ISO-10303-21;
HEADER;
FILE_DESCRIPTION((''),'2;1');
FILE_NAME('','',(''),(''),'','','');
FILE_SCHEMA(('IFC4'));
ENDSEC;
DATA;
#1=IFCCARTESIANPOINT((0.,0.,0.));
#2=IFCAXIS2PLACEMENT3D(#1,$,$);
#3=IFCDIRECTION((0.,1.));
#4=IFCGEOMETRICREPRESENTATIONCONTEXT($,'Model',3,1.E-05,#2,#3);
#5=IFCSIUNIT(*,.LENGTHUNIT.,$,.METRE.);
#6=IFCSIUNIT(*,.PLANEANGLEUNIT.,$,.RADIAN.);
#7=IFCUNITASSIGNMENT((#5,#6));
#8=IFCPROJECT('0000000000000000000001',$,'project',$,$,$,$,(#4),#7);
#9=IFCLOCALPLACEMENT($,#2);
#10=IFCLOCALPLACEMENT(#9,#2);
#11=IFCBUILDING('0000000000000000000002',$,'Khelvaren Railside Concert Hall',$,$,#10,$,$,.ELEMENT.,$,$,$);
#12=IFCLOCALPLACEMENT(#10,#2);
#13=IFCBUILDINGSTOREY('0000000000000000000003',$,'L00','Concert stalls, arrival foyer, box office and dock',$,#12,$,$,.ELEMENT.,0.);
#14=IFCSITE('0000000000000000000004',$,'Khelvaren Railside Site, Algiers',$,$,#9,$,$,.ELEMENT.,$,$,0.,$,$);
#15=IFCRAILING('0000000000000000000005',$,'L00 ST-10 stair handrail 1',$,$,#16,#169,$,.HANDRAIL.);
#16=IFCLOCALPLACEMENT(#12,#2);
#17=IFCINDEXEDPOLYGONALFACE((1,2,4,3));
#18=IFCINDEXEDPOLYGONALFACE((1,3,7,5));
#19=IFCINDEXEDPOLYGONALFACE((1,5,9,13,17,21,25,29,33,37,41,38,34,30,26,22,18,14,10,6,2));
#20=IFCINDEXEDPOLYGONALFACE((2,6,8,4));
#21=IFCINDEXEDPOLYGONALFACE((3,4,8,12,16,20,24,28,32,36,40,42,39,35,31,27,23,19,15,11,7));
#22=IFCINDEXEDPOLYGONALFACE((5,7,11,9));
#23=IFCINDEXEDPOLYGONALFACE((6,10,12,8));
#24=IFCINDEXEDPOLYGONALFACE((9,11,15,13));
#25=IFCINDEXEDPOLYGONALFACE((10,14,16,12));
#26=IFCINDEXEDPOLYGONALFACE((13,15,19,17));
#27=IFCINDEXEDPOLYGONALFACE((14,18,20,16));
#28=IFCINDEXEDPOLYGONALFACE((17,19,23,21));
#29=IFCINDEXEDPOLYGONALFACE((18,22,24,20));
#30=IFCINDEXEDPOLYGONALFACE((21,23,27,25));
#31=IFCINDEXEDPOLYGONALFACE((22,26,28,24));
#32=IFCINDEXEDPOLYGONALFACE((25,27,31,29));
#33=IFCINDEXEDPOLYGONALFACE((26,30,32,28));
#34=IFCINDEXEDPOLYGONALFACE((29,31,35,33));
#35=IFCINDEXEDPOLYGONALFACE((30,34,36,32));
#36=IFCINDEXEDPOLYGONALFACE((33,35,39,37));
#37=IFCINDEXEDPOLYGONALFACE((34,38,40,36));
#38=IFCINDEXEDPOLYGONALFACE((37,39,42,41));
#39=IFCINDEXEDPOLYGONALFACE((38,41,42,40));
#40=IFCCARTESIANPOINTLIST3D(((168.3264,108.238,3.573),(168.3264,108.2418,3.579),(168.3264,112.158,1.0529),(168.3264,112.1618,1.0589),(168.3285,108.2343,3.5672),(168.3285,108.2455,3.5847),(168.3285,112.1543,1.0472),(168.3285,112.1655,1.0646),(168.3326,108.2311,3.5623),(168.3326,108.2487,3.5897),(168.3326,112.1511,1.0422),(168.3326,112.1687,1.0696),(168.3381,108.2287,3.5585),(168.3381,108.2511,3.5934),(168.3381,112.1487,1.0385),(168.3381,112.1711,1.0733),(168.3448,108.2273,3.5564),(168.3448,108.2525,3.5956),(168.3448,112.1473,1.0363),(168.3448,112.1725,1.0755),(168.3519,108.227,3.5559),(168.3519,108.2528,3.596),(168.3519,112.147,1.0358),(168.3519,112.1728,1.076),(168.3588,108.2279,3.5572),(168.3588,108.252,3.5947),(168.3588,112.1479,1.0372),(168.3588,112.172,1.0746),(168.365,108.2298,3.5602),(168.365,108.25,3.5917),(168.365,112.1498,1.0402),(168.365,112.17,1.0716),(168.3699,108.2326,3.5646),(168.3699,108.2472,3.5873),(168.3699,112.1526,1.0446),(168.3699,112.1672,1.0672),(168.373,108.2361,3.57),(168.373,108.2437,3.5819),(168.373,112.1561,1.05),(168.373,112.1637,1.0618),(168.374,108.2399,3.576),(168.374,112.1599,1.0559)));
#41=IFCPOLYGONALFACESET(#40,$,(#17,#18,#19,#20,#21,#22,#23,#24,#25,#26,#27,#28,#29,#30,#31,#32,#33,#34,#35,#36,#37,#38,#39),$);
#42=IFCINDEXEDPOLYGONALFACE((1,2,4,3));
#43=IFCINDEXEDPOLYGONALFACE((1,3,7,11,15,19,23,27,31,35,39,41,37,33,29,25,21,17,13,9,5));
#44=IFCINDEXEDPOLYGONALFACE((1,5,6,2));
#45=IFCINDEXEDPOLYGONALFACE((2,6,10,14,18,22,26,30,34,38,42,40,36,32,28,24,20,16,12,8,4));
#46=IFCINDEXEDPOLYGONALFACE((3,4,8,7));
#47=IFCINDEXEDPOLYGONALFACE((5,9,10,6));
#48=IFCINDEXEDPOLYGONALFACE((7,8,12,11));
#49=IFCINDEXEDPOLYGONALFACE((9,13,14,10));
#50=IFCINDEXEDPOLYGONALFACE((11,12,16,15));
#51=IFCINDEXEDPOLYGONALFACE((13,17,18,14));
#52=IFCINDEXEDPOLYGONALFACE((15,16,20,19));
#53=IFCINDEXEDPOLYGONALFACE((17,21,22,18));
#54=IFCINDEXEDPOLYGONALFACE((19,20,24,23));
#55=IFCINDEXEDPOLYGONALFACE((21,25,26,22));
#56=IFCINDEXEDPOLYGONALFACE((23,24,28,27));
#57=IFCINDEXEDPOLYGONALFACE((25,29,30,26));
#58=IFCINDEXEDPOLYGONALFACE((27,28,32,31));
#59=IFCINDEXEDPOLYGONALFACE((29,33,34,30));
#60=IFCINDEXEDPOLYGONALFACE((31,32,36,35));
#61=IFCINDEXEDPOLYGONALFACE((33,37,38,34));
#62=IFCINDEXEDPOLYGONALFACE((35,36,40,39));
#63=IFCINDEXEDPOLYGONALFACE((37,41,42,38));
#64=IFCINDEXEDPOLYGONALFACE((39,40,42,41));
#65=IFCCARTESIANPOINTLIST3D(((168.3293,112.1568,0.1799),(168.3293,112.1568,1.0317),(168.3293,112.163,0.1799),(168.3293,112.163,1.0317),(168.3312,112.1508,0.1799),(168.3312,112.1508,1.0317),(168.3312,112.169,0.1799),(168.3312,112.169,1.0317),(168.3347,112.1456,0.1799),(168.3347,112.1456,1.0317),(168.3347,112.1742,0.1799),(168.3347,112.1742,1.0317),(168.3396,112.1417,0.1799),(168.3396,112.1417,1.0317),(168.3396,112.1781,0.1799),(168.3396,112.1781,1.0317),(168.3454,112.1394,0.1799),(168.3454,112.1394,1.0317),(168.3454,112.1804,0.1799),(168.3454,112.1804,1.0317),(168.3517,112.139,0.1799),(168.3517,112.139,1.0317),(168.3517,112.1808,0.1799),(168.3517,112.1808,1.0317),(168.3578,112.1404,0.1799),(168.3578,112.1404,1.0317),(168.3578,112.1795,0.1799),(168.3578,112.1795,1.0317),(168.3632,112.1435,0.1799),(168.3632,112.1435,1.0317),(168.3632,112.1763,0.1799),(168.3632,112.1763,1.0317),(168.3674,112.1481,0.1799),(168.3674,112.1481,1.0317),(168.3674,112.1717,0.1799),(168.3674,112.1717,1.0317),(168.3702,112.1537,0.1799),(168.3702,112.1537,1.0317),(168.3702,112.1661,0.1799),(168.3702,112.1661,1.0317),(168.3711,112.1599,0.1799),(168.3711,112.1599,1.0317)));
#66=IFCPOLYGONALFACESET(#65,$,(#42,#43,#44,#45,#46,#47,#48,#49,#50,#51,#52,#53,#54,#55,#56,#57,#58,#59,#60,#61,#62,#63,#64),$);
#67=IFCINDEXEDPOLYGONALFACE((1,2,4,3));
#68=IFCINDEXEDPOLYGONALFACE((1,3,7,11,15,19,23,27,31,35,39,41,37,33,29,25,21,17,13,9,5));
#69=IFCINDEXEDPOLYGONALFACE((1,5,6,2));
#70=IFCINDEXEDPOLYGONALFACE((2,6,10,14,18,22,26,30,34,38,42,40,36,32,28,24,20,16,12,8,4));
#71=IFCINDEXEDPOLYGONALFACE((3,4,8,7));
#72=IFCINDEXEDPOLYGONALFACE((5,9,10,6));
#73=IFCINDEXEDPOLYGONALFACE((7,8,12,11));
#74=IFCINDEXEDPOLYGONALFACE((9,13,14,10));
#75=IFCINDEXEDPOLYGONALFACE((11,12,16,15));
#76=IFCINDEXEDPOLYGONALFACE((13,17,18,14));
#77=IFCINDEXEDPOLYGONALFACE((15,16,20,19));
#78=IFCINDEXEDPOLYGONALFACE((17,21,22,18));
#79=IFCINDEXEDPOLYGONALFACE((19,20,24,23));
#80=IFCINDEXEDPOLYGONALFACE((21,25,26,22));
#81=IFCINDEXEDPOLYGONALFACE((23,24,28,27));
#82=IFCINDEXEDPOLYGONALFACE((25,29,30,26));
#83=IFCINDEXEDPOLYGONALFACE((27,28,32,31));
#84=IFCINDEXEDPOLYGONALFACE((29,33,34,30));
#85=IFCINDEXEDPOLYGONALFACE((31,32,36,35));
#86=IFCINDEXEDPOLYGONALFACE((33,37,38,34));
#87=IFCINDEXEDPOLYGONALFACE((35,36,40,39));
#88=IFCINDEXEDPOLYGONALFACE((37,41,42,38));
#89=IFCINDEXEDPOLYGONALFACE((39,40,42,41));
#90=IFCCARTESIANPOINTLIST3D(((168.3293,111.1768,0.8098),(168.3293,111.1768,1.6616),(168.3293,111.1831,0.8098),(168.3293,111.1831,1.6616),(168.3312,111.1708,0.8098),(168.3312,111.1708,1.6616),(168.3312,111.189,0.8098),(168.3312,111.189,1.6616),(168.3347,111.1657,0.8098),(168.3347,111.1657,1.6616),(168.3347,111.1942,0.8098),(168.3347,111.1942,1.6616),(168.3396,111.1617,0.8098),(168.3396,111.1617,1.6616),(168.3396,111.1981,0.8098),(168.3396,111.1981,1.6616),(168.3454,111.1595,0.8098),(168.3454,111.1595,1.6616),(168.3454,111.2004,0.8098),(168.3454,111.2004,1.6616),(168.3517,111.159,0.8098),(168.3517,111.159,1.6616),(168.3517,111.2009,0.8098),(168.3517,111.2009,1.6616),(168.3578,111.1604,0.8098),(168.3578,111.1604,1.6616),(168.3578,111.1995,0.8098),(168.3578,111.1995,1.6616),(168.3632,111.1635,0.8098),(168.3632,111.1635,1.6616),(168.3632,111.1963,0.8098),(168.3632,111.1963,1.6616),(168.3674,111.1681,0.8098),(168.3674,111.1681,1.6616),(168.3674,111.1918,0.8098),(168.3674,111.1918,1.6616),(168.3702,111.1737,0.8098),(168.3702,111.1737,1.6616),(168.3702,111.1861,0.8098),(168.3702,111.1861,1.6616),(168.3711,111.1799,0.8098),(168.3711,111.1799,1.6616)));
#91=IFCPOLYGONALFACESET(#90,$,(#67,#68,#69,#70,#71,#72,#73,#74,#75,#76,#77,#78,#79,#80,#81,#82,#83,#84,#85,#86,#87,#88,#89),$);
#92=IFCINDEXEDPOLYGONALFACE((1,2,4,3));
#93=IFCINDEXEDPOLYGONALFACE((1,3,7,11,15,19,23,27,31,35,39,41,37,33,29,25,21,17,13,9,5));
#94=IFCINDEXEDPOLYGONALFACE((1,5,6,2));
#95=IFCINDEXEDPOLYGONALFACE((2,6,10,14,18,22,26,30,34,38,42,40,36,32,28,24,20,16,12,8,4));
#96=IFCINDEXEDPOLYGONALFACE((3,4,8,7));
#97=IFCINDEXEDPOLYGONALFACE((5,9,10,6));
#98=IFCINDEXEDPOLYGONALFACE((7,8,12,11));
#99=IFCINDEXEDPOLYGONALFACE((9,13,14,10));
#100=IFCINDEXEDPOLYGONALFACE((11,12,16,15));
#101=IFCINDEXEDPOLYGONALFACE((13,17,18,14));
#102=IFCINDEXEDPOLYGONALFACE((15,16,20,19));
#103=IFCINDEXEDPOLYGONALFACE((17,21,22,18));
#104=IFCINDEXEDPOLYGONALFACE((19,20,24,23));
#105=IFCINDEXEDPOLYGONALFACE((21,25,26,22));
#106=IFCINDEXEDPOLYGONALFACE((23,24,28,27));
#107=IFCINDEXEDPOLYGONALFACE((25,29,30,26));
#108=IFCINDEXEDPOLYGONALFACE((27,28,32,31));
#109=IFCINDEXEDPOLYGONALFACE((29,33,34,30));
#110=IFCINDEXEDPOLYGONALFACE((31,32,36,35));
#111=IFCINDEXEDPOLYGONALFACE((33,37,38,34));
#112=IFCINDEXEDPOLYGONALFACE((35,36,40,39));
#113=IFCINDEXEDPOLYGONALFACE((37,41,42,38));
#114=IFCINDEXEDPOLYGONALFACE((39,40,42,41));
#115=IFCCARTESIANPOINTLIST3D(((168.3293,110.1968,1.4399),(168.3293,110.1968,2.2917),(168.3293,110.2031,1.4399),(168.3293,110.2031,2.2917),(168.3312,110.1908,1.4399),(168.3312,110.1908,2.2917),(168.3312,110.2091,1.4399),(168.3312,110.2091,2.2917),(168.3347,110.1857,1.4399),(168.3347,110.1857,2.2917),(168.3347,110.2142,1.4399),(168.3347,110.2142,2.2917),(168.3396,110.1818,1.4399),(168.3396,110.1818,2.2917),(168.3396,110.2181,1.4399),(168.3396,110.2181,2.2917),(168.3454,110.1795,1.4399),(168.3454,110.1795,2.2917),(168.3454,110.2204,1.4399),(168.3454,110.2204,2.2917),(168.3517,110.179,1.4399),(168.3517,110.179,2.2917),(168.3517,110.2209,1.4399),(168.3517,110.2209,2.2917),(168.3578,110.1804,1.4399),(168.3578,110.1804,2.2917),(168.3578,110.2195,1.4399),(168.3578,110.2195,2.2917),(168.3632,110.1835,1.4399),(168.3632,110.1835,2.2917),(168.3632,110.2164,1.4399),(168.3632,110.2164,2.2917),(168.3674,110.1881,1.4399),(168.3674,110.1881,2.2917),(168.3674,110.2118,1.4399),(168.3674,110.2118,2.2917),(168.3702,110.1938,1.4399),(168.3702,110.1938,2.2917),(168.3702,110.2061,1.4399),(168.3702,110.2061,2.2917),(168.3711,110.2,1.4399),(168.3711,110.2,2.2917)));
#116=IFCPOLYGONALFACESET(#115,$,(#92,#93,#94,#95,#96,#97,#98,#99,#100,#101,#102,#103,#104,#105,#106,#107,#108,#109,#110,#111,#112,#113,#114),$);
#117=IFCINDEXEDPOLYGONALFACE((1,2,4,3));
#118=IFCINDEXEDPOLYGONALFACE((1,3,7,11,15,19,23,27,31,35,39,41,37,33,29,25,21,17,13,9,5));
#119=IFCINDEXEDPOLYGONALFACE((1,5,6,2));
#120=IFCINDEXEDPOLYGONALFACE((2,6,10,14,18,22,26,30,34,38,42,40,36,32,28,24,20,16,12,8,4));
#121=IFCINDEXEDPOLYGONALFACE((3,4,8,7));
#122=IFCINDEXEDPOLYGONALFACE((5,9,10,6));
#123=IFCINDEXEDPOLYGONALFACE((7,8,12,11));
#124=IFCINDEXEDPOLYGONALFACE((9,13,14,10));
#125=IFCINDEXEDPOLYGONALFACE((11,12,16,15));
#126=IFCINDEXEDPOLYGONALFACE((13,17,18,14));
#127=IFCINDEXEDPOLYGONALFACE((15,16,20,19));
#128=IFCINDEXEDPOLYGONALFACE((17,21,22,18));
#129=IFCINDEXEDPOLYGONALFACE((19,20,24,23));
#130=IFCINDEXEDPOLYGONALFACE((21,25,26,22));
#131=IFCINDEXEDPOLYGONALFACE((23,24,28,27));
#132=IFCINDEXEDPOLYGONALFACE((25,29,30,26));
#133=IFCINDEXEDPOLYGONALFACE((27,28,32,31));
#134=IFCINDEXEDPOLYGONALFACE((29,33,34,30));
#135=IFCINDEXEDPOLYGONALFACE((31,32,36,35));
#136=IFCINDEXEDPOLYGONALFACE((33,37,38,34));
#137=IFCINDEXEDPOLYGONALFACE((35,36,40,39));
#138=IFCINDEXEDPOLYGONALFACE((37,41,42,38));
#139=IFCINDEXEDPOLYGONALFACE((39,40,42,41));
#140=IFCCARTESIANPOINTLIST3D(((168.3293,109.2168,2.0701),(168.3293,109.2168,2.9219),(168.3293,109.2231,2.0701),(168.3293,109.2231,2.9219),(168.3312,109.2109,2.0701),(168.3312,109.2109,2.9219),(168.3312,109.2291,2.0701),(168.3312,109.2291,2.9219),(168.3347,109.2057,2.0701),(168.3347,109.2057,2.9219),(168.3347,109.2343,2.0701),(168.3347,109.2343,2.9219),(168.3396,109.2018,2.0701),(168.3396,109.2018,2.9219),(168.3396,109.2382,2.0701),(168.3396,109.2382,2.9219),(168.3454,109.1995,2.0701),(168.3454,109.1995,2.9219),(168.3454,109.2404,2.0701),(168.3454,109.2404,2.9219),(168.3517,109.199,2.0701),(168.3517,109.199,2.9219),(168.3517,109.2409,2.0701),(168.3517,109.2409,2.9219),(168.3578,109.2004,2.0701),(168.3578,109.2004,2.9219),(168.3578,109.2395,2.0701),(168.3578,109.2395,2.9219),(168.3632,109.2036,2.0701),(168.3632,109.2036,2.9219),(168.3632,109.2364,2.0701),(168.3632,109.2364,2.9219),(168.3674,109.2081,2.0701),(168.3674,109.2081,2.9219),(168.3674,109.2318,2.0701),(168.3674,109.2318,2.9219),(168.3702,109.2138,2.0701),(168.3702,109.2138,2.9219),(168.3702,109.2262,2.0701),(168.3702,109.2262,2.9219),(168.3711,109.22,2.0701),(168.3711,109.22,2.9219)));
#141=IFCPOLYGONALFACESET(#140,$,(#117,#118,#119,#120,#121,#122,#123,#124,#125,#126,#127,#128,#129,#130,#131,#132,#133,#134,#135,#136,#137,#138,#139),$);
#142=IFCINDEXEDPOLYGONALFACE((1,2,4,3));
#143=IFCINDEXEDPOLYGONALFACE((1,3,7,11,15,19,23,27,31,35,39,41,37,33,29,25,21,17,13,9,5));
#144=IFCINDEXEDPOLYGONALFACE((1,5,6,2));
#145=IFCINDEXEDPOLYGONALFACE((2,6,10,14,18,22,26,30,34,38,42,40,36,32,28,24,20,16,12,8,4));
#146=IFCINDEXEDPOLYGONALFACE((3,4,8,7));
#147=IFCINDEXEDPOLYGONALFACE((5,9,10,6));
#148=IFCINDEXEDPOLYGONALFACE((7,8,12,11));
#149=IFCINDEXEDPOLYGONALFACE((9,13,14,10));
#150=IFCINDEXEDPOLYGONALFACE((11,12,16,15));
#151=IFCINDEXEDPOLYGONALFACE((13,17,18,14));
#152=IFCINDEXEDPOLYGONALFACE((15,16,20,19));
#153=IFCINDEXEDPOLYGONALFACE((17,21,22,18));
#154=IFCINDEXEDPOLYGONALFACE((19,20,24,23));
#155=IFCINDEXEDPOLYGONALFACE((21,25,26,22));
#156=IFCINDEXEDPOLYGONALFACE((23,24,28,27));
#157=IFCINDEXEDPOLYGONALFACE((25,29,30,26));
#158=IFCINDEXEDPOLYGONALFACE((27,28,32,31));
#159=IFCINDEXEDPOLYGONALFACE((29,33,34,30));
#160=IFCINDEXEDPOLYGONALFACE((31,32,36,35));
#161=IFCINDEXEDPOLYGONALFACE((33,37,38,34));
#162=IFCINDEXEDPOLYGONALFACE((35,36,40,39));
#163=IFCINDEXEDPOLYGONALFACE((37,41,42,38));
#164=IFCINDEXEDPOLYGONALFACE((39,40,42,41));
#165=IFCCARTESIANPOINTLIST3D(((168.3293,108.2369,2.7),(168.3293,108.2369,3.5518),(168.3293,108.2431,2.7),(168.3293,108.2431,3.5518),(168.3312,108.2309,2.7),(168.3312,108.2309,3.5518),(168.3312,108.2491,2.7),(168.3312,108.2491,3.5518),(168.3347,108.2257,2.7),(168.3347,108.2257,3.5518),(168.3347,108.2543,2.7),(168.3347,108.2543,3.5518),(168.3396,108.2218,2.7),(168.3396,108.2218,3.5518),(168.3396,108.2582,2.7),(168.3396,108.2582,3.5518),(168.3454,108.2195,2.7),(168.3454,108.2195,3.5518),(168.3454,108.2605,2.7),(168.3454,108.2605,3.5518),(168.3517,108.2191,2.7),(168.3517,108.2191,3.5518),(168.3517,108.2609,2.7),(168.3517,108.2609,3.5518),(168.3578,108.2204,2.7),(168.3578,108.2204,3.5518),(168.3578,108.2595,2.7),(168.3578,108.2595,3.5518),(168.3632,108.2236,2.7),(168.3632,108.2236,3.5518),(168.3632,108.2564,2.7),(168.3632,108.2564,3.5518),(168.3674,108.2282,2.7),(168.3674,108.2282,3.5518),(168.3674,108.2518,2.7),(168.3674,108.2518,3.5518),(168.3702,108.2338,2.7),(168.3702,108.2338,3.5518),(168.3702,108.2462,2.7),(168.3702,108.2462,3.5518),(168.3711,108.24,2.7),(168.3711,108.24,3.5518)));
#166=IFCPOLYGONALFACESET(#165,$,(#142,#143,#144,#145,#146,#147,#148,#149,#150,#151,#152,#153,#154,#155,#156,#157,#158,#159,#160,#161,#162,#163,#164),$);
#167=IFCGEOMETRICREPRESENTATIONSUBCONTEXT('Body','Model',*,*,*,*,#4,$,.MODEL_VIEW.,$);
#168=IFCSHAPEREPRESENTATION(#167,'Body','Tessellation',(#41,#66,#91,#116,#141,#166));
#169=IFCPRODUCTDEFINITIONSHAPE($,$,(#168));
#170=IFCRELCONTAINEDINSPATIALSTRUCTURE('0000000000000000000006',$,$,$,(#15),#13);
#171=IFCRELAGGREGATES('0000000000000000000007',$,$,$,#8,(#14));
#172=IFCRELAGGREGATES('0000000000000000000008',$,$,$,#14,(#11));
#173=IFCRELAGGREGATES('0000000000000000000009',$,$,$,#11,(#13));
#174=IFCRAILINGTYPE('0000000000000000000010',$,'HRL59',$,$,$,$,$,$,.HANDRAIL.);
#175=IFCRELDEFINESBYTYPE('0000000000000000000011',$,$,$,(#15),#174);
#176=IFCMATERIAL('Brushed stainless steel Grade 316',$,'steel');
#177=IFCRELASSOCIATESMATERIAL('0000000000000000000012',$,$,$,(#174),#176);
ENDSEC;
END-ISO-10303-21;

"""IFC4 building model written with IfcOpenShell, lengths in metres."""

from ifc_helpers import new_model, si_unit, direction, frame, origin, origin_2d, place, context, subcontext, project, spatial, circle, extrude, material, type_object, element, save


model = new_model("IFC4")

# Units and contexts
model_context = context("Model", 3, precision=1e-05, world=origin(), true_north=direction((0.0, 1.0)))
body_context = subcontext(model_context, "Body", "Model", "MODEL_VIEW")
ifc_project = project(units=[si_unit("LENGTHUNIT", "METRE"), si_unit("PLANEANGLEUNIT", "RADIAN")], contexts=[model_context])

# Site, building, storey
site_placement = place(None, origin())
site = spatial("IfcSite", under=ifc_project, at=site_placement, Name="Khelvaren Railside Site, Algiers", CompositionType="ELEMENT", RefElevation=0.0)
building_placement = place(site_placement, origin())
building = spatial("IfcBuilding", under=site, at=building_placement, Name="Khelvaren Railside Concert Hall", CompositionType="ELEMENT")
storey_placement = place(building_placement, origin())
storey = spatial("IfcBuildingStorey", under=building, at=storey_placement, Name="L00", Description="Concert stalls, arrival foyer, box office and dock", CompositionType="ELEMENT", Elevation=0.0)

# Railing
ifc_material_1 = material(Name="Brushed stainless steel Grade 316", Category="steel")
railing_type_1 = type_object("IfcRailingType", Name="HRL59", PredefinedType="HANDRAIL", material=ifc_material_1)
railing_1_placement = place(storey_placement, frame((168.3501, 112.1599, 0.1799)))
element("IfcRailing", 1, at=railing_1_placement, inside=storey, type_object=railing_type_1, Name="L00 ST-10 stair handrail 1", PredefinedType="HANDRAIL", context=body_context, shape_type="SweptSolid", body=[
    extrude(circle(Radius=0.0239, at=origin_2d()), frame((0.0, 0.0, 0.876), z_axis=(0.0, -0.841172, 0.540768), x_axis=(1.0, 0.0, 0.0)), (0.0, 0.0, 1.0), 4.6602),
    extrude(circle(Radius=0.021, at=origin_2d()), origin(), (0.0, 0.0, 1.0), 0.8518),
    extrude(circle(Radius=0.021, at=origin_2d()), frame((0.0, -0.98, 0.6299)), (0.0, 0.0, 1.0), 0.8518),
    extrude(circle(Radius=0.021, at=origin_2d()), frame((0.0, -1.96, 1.26)), (0.0, 0.0, 1.0), 0.8518),
    extrude(circle(Radius=0.021, at=origin_2d()), frame((0.0, -2.9399, 1.8901)), (0.0, 0.0, 1.0), 0.8518),
    extrude(circle(Radius=0.021, at=origin_2d()), frame((0.0, -3.9199, 2.52)), (0.0, 0.0, 1.0), 0.8518),
])

save(model, "model.ifc")
